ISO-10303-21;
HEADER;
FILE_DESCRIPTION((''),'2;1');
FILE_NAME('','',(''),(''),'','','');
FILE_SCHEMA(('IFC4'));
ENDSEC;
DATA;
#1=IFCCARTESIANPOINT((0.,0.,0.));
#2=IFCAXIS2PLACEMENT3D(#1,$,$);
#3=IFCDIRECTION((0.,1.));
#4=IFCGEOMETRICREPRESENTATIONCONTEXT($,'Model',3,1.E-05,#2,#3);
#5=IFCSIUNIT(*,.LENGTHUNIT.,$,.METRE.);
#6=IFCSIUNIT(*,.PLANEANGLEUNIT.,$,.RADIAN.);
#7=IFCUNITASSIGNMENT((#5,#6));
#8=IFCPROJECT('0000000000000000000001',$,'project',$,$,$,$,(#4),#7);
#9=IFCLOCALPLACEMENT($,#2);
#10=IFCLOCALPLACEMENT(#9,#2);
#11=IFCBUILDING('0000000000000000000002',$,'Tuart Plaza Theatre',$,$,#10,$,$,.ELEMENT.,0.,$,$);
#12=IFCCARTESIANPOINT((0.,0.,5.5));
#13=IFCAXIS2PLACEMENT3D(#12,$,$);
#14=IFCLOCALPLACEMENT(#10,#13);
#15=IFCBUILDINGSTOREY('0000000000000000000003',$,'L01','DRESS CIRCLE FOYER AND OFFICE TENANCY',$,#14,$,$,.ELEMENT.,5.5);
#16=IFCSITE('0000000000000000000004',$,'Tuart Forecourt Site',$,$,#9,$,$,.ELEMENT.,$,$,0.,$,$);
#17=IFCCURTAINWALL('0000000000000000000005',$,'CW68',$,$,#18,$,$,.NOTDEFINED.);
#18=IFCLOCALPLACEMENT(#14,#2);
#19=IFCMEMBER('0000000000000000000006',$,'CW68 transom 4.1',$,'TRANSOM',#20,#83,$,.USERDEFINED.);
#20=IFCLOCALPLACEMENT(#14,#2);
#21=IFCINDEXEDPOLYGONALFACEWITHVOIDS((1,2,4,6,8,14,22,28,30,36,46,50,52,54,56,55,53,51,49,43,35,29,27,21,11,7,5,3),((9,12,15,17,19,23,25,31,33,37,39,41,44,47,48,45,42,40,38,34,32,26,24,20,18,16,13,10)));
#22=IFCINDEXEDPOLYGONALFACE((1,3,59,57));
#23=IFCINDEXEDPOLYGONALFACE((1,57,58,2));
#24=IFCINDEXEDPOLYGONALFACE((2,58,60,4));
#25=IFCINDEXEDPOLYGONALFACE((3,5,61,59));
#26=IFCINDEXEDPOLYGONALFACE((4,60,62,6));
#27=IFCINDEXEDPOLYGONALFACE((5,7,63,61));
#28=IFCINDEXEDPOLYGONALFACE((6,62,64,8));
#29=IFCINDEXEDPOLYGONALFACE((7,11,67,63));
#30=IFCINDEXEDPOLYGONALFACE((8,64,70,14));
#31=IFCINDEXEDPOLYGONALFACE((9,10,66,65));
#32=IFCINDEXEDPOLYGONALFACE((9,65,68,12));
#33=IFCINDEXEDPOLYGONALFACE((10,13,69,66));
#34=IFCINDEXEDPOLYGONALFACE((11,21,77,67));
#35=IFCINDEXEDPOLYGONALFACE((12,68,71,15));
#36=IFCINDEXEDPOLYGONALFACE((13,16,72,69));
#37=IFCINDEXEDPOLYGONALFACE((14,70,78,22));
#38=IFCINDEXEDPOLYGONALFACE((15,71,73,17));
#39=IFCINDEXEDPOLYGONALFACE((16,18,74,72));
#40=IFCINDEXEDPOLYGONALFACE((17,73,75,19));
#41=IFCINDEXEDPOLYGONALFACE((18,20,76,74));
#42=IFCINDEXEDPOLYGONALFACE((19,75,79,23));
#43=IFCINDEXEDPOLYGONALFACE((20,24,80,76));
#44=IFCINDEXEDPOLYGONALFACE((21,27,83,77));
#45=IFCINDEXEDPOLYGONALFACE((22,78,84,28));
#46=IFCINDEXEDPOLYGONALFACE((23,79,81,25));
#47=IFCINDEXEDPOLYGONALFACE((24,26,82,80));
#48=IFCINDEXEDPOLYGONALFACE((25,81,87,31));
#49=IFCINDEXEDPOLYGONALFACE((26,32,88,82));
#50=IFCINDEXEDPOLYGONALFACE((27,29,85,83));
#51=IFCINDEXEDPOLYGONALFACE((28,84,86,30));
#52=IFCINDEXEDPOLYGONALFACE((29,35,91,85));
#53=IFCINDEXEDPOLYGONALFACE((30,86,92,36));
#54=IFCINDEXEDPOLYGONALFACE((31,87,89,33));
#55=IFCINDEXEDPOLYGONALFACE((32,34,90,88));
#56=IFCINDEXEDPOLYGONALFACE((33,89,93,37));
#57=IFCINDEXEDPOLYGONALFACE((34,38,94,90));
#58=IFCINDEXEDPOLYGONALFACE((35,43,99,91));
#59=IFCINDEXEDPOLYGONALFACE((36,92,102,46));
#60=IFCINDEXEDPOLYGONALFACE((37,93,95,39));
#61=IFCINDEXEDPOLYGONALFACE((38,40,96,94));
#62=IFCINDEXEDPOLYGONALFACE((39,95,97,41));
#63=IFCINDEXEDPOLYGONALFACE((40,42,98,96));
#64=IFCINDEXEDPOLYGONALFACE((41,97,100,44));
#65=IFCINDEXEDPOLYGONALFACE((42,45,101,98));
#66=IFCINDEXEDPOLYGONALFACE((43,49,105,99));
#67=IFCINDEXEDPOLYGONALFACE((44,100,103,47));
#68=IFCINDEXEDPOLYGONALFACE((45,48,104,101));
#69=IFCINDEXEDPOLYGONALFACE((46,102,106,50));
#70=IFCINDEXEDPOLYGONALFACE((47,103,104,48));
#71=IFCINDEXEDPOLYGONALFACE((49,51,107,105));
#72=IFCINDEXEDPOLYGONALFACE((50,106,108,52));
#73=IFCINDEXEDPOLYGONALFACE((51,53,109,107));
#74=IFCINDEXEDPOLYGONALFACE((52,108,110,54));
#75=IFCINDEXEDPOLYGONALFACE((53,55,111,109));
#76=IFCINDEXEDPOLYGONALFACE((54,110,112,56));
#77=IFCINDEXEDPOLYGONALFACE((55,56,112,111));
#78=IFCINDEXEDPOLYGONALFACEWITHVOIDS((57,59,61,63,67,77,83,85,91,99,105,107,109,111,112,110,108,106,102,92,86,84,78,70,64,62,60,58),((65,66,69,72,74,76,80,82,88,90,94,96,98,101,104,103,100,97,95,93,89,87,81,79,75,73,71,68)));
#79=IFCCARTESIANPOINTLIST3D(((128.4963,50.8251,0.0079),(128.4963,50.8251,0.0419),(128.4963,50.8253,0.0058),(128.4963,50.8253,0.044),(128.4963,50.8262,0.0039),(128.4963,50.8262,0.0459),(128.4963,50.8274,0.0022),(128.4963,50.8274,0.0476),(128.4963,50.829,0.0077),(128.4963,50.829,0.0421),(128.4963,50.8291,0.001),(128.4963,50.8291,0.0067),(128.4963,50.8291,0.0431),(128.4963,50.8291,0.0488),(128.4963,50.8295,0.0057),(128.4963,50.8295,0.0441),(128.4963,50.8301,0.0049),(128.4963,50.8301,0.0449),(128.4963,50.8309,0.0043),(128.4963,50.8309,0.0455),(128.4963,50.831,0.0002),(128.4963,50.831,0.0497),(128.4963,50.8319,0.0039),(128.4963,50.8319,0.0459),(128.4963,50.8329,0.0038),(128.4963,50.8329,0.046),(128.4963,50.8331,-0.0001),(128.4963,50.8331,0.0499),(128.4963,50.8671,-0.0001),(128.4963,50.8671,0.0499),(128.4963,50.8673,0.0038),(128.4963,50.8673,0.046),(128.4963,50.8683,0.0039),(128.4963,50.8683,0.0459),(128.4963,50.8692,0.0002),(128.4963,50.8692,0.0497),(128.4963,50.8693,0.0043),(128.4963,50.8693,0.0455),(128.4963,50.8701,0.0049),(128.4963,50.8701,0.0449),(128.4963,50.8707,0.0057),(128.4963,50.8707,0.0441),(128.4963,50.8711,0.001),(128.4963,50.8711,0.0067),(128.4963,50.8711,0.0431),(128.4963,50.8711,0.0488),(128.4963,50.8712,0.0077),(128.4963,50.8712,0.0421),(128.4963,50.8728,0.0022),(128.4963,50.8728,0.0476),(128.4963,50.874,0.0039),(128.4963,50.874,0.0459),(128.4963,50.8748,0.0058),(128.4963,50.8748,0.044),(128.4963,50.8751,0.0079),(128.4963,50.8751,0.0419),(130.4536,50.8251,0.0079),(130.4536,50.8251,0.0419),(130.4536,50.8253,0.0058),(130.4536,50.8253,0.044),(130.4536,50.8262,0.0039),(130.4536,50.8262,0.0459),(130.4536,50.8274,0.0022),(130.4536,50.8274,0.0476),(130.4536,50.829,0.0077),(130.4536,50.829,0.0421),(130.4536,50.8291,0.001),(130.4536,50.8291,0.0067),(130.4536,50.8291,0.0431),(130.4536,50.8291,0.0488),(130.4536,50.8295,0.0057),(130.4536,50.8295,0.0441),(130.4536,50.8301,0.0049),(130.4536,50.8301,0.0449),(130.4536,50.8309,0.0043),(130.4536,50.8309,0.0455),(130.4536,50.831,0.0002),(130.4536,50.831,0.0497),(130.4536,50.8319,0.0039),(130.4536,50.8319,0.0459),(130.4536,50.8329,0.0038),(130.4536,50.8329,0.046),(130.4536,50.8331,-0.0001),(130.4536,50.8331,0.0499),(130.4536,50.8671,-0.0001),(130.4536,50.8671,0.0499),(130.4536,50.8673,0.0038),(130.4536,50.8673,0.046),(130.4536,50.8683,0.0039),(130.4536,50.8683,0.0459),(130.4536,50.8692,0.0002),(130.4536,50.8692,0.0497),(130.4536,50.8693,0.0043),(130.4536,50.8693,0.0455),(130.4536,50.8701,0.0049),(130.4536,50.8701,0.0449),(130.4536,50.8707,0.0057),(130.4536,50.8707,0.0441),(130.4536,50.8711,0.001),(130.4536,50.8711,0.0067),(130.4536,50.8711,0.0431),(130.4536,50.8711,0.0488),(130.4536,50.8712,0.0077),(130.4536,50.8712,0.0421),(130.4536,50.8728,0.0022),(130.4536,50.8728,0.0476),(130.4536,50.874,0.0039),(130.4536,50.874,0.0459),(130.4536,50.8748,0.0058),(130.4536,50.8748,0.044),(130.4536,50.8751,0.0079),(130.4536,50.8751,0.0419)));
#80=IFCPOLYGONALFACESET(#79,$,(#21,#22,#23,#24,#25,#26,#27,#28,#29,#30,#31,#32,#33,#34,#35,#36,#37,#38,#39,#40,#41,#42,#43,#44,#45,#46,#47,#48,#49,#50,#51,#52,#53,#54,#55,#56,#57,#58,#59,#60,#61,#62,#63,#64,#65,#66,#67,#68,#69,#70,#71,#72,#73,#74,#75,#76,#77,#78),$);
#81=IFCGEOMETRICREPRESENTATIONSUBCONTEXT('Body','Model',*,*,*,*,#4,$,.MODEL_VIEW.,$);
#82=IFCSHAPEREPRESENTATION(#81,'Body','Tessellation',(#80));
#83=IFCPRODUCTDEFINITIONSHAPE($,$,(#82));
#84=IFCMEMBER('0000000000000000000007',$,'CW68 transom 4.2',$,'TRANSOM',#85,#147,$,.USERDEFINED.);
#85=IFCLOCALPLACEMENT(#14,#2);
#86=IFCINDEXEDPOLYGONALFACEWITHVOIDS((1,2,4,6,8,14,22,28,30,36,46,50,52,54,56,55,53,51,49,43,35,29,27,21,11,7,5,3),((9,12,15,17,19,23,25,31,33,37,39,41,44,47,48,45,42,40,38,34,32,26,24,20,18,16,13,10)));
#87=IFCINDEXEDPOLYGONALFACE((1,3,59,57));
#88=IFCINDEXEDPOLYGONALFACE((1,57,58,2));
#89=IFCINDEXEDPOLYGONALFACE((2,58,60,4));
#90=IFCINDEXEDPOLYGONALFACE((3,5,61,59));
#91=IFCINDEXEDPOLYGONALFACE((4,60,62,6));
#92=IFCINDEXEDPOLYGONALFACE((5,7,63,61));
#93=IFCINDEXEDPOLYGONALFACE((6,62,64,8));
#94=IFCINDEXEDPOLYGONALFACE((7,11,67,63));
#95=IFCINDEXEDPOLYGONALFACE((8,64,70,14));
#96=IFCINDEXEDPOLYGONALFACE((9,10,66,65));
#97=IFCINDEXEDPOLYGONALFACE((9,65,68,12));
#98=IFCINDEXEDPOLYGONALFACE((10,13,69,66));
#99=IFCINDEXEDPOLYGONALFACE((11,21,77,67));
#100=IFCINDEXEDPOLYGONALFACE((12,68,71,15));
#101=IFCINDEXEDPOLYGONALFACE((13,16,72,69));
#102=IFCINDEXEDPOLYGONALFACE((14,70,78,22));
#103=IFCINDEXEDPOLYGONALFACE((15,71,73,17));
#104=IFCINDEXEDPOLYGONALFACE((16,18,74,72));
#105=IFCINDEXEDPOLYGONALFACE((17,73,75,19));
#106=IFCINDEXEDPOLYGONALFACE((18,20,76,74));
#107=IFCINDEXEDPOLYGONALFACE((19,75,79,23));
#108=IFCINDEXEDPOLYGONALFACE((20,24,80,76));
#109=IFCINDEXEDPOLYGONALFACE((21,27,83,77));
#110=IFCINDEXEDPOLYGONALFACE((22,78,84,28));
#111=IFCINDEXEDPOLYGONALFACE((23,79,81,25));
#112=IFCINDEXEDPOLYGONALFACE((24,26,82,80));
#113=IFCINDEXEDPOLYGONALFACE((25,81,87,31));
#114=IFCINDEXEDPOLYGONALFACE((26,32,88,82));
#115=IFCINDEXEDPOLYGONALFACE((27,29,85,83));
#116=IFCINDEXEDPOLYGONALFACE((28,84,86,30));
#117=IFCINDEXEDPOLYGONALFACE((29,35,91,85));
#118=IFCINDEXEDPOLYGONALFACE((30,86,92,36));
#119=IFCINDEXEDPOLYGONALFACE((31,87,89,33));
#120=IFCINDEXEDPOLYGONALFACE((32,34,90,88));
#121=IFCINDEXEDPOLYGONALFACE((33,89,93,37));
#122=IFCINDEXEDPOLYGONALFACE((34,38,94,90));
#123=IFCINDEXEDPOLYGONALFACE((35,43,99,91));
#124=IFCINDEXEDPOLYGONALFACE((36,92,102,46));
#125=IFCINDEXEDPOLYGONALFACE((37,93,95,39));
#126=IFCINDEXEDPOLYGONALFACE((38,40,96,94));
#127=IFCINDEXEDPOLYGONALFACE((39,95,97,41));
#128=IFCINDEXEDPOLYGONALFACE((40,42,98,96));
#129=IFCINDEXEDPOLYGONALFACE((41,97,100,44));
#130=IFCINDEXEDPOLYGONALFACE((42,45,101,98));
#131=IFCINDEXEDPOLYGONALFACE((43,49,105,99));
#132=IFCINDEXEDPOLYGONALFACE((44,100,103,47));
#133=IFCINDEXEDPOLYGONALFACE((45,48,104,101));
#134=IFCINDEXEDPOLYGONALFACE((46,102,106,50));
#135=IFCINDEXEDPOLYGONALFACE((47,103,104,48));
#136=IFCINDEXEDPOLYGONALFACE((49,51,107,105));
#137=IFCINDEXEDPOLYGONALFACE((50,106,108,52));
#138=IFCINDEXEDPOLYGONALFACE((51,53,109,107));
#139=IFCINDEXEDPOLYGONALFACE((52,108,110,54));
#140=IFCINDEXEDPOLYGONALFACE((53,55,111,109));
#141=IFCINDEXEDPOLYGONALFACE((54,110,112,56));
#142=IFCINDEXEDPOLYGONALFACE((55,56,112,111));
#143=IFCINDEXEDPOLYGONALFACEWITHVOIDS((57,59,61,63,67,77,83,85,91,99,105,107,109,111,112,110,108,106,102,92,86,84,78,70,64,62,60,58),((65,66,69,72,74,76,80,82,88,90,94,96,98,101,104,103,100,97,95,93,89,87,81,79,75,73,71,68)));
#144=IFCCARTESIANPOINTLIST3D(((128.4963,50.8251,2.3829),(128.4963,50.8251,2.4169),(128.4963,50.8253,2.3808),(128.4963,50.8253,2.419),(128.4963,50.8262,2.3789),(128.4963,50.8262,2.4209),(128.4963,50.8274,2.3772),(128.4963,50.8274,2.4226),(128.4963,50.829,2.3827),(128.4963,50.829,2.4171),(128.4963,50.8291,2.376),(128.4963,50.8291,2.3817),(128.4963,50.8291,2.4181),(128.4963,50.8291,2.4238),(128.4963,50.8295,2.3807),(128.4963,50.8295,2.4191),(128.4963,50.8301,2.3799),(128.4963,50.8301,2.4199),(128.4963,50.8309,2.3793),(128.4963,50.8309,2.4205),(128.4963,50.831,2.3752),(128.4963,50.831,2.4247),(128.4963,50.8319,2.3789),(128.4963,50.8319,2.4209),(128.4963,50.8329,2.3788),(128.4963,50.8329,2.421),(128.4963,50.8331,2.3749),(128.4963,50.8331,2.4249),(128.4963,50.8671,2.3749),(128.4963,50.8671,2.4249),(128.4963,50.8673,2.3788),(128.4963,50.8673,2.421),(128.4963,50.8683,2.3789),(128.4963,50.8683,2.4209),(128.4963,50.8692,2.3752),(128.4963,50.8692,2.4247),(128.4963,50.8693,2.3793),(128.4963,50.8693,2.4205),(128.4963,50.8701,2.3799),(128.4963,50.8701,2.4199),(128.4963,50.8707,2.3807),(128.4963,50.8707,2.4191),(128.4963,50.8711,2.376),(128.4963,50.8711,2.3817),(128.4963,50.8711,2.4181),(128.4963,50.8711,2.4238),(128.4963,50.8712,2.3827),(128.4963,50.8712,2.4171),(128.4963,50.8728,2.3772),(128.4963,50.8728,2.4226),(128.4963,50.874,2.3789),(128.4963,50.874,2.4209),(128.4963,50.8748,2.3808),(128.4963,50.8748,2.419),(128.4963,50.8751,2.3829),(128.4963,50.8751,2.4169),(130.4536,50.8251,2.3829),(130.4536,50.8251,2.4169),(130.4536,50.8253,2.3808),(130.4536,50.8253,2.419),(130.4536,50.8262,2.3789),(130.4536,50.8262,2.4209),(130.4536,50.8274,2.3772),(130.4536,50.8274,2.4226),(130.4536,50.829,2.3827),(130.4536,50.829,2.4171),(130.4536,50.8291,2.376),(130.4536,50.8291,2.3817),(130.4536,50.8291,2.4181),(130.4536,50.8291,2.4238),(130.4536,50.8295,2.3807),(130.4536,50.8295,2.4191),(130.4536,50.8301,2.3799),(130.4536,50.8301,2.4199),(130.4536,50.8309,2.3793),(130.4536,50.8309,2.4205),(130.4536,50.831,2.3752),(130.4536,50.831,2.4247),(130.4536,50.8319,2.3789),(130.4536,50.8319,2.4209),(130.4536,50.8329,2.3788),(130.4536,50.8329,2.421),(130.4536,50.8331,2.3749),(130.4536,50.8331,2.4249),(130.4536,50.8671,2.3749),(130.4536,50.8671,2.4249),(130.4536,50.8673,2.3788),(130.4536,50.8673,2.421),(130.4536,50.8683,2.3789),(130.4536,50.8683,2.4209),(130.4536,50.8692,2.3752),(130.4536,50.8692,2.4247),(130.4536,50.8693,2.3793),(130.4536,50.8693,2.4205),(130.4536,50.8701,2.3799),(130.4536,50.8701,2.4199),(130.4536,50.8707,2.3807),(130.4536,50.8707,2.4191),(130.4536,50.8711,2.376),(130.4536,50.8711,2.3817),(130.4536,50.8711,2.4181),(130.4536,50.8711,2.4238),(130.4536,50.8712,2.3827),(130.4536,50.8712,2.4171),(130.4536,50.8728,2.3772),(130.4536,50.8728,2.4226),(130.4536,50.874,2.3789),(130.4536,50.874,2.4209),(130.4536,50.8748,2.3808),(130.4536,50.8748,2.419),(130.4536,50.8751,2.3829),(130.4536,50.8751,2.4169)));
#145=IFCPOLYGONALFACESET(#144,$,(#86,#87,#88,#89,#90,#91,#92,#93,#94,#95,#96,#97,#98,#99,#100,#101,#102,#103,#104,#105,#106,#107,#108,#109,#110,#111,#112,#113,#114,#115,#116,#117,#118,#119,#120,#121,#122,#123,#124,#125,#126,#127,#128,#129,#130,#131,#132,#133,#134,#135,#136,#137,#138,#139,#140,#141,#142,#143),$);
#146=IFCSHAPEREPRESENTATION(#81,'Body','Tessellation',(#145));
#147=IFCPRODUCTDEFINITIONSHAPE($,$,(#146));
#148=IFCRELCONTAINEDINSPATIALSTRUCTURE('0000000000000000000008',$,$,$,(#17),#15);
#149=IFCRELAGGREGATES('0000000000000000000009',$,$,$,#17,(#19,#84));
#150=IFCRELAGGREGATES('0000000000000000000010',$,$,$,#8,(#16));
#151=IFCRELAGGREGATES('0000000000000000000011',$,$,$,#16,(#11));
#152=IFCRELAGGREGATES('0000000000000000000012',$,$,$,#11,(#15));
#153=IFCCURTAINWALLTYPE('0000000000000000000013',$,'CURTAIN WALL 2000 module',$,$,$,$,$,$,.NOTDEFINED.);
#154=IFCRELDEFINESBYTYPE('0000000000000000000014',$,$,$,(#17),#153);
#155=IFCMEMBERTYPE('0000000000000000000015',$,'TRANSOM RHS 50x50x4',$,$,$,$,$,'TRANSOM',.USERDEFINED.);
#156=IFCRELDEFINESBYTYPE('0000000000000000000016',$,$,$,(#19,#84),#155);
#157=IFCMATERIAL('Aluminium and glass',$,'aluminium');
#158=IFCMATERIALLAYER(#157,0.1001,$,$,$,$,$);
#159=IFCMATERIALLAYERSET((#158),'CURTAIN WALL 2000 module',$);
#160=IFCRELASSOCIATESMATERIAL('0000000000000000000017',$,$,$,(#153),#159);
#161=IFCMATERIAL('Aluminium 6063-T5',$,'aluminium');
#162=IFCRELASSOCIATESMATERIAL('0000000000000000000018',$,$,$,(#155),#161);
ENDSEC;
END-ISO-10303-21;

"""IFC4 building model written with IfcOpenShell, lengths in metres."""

from ifc_helpers import new_model, si_unit, direction, frame, origin, origin_2d, place, context, subcontext, project, spatial, hollow_rectangle, extrude, material, layer, layer_set, material_profile, profile_set, type_object, element, aggregate, save


model = new_model("IFC4")

# Units and contexts
model_context = context("Model", 3, precision=1e-05, world=origin(), true_north=direction((0.0, 1.0)))
body_context = subcontext(model_context, "Body", "Model", "MODEL_VIEW")
ifc_project = project(units=[si_unit("LENGTHUNIT", "METRE"), si_unit("PLANEANGLEUNIT", "RADIAN")], contexts=[model_context])

# Site, building, storey
site_placement = place(None, origin())
site = spatial("IfcSite", under=ifc_project, at=site_placement, Name="Tuart Forecourt Site", CompositionType="ELEMENT", RefElevation=0.0)
building_placement = place(site_placement, origin())
building = spatial("IfcBuilding", under=site, at=building_placement, Name="Tuart Plaza Theatre", CompositionType="ELEMENT", ElevationOfRefHeight=0.0)
storey_placement = place(building_placement, frame((0.0, 0.0, 5.5)))
storey = spatial("IfcBuildingStorey", under=building, at=storey_placement, Name="L01", Description="DRESS CIRCLE FOYER AND OFFICE TENANCY", CompositionType="ELEMENT", Elevation=5.5)

# Curtain wall, members
ifc_material_1 = material(Name="Aluminium and glass", Category="aluminium")
ifc_layer_1 = layer(ifc_material_1, 0.1001)
ifc_layer_set_1 = layer_set([ifc_layer_1], Name="CURTAIN WALL 2000 module")
curtain_wall_type = type_object("IfcCurtainWallType", Name="CURTAIN WALL 2000 module", PredefinedType="NOTDEFINED", material=ifc_layer_set_1)
curtain_wall_placement = place(storey_placement, origin())
curtain_wall = element("IfcCurtainWall", 1, at=curtain_wall_placement, inside=storey, type_object=curtain_wall_type, Name="CW68", PredefinedType="NOTDEFINED")
ifc_material_2 = material(Name="Aluminium 6063-T5", Category="aluminium")
ifc_material_profile_1 = material_profile(ifc_material_2, hollow_rectangle(XDim=0.05, YDim=0.05, WallThickness=0.0039, InnerFilletRadius=0.0039, OuterFilletRadius=0.0081, at=origin_2d()), Name="RHS 50x50x4")
ifc_profile_set_1 = profile_set([ifc_material_profile_1], Name="Aluminium 6063-T5")
member_type_1 = type_object("IfcMemberType", Name="TRANSOM RHS 50x50x4", ElementType="TRANSOM", PredefinedType="USERDEFINED", material=ifc_profile_set_1)
member_1_placement = place(storey_placement, frame((128.4963, 50.8501, 0.0249), z_axis=(1.0, 0.0, 0.0), x_axis=(0.0, 1.0, 0.0)))
member_1 = element("IfcMember", 2, at=member_1_placement, type_object=member_type_1, Name="CW68 transom 4.1", ObjectType="TRANSOM", PredefinedType="USERDEFINED", context=body_context, shape_type="SweptSolid", body=[
    extrude(hollow_rectangle(XDim=0.05, YDim=0.05, WallThickness=0.0039, InnerFilletRadius=0.0039, OuterFilletRadius=0.0081, at=origin_2d()), origin(), (0.0, 0.0, 1.0), 1.9573),
])
member_2_placement = place(storey_placement, frame((128.4963, 50.8501, 2.3999), z_axis=(1.0, 0.0, 0.0), x_axis=(0.0, 1.0, 0.0)))
member_2 = element("IfcMember", 3, at=member_2_placement, type_object=member_type_1, Name="CW68 transom 4.2", ObjectType="TRANSOM", PredefinedType="USERDEFINED", context=body_context, shape_type="SweptSolid", body=[
    extrude(hollow_rectangle(XDim=0.05, YDim=0.05, WallThickness=0.0039, InnerFilletRadius=0.0039, OuterFilletRadius=0.0081, at=origin_2d()), origin(), (0.0, 0.0, 1.0), 1.9573),
])
aggregate(curtain_wall, [member_1, member_2])

save(model, "model.ifc")
